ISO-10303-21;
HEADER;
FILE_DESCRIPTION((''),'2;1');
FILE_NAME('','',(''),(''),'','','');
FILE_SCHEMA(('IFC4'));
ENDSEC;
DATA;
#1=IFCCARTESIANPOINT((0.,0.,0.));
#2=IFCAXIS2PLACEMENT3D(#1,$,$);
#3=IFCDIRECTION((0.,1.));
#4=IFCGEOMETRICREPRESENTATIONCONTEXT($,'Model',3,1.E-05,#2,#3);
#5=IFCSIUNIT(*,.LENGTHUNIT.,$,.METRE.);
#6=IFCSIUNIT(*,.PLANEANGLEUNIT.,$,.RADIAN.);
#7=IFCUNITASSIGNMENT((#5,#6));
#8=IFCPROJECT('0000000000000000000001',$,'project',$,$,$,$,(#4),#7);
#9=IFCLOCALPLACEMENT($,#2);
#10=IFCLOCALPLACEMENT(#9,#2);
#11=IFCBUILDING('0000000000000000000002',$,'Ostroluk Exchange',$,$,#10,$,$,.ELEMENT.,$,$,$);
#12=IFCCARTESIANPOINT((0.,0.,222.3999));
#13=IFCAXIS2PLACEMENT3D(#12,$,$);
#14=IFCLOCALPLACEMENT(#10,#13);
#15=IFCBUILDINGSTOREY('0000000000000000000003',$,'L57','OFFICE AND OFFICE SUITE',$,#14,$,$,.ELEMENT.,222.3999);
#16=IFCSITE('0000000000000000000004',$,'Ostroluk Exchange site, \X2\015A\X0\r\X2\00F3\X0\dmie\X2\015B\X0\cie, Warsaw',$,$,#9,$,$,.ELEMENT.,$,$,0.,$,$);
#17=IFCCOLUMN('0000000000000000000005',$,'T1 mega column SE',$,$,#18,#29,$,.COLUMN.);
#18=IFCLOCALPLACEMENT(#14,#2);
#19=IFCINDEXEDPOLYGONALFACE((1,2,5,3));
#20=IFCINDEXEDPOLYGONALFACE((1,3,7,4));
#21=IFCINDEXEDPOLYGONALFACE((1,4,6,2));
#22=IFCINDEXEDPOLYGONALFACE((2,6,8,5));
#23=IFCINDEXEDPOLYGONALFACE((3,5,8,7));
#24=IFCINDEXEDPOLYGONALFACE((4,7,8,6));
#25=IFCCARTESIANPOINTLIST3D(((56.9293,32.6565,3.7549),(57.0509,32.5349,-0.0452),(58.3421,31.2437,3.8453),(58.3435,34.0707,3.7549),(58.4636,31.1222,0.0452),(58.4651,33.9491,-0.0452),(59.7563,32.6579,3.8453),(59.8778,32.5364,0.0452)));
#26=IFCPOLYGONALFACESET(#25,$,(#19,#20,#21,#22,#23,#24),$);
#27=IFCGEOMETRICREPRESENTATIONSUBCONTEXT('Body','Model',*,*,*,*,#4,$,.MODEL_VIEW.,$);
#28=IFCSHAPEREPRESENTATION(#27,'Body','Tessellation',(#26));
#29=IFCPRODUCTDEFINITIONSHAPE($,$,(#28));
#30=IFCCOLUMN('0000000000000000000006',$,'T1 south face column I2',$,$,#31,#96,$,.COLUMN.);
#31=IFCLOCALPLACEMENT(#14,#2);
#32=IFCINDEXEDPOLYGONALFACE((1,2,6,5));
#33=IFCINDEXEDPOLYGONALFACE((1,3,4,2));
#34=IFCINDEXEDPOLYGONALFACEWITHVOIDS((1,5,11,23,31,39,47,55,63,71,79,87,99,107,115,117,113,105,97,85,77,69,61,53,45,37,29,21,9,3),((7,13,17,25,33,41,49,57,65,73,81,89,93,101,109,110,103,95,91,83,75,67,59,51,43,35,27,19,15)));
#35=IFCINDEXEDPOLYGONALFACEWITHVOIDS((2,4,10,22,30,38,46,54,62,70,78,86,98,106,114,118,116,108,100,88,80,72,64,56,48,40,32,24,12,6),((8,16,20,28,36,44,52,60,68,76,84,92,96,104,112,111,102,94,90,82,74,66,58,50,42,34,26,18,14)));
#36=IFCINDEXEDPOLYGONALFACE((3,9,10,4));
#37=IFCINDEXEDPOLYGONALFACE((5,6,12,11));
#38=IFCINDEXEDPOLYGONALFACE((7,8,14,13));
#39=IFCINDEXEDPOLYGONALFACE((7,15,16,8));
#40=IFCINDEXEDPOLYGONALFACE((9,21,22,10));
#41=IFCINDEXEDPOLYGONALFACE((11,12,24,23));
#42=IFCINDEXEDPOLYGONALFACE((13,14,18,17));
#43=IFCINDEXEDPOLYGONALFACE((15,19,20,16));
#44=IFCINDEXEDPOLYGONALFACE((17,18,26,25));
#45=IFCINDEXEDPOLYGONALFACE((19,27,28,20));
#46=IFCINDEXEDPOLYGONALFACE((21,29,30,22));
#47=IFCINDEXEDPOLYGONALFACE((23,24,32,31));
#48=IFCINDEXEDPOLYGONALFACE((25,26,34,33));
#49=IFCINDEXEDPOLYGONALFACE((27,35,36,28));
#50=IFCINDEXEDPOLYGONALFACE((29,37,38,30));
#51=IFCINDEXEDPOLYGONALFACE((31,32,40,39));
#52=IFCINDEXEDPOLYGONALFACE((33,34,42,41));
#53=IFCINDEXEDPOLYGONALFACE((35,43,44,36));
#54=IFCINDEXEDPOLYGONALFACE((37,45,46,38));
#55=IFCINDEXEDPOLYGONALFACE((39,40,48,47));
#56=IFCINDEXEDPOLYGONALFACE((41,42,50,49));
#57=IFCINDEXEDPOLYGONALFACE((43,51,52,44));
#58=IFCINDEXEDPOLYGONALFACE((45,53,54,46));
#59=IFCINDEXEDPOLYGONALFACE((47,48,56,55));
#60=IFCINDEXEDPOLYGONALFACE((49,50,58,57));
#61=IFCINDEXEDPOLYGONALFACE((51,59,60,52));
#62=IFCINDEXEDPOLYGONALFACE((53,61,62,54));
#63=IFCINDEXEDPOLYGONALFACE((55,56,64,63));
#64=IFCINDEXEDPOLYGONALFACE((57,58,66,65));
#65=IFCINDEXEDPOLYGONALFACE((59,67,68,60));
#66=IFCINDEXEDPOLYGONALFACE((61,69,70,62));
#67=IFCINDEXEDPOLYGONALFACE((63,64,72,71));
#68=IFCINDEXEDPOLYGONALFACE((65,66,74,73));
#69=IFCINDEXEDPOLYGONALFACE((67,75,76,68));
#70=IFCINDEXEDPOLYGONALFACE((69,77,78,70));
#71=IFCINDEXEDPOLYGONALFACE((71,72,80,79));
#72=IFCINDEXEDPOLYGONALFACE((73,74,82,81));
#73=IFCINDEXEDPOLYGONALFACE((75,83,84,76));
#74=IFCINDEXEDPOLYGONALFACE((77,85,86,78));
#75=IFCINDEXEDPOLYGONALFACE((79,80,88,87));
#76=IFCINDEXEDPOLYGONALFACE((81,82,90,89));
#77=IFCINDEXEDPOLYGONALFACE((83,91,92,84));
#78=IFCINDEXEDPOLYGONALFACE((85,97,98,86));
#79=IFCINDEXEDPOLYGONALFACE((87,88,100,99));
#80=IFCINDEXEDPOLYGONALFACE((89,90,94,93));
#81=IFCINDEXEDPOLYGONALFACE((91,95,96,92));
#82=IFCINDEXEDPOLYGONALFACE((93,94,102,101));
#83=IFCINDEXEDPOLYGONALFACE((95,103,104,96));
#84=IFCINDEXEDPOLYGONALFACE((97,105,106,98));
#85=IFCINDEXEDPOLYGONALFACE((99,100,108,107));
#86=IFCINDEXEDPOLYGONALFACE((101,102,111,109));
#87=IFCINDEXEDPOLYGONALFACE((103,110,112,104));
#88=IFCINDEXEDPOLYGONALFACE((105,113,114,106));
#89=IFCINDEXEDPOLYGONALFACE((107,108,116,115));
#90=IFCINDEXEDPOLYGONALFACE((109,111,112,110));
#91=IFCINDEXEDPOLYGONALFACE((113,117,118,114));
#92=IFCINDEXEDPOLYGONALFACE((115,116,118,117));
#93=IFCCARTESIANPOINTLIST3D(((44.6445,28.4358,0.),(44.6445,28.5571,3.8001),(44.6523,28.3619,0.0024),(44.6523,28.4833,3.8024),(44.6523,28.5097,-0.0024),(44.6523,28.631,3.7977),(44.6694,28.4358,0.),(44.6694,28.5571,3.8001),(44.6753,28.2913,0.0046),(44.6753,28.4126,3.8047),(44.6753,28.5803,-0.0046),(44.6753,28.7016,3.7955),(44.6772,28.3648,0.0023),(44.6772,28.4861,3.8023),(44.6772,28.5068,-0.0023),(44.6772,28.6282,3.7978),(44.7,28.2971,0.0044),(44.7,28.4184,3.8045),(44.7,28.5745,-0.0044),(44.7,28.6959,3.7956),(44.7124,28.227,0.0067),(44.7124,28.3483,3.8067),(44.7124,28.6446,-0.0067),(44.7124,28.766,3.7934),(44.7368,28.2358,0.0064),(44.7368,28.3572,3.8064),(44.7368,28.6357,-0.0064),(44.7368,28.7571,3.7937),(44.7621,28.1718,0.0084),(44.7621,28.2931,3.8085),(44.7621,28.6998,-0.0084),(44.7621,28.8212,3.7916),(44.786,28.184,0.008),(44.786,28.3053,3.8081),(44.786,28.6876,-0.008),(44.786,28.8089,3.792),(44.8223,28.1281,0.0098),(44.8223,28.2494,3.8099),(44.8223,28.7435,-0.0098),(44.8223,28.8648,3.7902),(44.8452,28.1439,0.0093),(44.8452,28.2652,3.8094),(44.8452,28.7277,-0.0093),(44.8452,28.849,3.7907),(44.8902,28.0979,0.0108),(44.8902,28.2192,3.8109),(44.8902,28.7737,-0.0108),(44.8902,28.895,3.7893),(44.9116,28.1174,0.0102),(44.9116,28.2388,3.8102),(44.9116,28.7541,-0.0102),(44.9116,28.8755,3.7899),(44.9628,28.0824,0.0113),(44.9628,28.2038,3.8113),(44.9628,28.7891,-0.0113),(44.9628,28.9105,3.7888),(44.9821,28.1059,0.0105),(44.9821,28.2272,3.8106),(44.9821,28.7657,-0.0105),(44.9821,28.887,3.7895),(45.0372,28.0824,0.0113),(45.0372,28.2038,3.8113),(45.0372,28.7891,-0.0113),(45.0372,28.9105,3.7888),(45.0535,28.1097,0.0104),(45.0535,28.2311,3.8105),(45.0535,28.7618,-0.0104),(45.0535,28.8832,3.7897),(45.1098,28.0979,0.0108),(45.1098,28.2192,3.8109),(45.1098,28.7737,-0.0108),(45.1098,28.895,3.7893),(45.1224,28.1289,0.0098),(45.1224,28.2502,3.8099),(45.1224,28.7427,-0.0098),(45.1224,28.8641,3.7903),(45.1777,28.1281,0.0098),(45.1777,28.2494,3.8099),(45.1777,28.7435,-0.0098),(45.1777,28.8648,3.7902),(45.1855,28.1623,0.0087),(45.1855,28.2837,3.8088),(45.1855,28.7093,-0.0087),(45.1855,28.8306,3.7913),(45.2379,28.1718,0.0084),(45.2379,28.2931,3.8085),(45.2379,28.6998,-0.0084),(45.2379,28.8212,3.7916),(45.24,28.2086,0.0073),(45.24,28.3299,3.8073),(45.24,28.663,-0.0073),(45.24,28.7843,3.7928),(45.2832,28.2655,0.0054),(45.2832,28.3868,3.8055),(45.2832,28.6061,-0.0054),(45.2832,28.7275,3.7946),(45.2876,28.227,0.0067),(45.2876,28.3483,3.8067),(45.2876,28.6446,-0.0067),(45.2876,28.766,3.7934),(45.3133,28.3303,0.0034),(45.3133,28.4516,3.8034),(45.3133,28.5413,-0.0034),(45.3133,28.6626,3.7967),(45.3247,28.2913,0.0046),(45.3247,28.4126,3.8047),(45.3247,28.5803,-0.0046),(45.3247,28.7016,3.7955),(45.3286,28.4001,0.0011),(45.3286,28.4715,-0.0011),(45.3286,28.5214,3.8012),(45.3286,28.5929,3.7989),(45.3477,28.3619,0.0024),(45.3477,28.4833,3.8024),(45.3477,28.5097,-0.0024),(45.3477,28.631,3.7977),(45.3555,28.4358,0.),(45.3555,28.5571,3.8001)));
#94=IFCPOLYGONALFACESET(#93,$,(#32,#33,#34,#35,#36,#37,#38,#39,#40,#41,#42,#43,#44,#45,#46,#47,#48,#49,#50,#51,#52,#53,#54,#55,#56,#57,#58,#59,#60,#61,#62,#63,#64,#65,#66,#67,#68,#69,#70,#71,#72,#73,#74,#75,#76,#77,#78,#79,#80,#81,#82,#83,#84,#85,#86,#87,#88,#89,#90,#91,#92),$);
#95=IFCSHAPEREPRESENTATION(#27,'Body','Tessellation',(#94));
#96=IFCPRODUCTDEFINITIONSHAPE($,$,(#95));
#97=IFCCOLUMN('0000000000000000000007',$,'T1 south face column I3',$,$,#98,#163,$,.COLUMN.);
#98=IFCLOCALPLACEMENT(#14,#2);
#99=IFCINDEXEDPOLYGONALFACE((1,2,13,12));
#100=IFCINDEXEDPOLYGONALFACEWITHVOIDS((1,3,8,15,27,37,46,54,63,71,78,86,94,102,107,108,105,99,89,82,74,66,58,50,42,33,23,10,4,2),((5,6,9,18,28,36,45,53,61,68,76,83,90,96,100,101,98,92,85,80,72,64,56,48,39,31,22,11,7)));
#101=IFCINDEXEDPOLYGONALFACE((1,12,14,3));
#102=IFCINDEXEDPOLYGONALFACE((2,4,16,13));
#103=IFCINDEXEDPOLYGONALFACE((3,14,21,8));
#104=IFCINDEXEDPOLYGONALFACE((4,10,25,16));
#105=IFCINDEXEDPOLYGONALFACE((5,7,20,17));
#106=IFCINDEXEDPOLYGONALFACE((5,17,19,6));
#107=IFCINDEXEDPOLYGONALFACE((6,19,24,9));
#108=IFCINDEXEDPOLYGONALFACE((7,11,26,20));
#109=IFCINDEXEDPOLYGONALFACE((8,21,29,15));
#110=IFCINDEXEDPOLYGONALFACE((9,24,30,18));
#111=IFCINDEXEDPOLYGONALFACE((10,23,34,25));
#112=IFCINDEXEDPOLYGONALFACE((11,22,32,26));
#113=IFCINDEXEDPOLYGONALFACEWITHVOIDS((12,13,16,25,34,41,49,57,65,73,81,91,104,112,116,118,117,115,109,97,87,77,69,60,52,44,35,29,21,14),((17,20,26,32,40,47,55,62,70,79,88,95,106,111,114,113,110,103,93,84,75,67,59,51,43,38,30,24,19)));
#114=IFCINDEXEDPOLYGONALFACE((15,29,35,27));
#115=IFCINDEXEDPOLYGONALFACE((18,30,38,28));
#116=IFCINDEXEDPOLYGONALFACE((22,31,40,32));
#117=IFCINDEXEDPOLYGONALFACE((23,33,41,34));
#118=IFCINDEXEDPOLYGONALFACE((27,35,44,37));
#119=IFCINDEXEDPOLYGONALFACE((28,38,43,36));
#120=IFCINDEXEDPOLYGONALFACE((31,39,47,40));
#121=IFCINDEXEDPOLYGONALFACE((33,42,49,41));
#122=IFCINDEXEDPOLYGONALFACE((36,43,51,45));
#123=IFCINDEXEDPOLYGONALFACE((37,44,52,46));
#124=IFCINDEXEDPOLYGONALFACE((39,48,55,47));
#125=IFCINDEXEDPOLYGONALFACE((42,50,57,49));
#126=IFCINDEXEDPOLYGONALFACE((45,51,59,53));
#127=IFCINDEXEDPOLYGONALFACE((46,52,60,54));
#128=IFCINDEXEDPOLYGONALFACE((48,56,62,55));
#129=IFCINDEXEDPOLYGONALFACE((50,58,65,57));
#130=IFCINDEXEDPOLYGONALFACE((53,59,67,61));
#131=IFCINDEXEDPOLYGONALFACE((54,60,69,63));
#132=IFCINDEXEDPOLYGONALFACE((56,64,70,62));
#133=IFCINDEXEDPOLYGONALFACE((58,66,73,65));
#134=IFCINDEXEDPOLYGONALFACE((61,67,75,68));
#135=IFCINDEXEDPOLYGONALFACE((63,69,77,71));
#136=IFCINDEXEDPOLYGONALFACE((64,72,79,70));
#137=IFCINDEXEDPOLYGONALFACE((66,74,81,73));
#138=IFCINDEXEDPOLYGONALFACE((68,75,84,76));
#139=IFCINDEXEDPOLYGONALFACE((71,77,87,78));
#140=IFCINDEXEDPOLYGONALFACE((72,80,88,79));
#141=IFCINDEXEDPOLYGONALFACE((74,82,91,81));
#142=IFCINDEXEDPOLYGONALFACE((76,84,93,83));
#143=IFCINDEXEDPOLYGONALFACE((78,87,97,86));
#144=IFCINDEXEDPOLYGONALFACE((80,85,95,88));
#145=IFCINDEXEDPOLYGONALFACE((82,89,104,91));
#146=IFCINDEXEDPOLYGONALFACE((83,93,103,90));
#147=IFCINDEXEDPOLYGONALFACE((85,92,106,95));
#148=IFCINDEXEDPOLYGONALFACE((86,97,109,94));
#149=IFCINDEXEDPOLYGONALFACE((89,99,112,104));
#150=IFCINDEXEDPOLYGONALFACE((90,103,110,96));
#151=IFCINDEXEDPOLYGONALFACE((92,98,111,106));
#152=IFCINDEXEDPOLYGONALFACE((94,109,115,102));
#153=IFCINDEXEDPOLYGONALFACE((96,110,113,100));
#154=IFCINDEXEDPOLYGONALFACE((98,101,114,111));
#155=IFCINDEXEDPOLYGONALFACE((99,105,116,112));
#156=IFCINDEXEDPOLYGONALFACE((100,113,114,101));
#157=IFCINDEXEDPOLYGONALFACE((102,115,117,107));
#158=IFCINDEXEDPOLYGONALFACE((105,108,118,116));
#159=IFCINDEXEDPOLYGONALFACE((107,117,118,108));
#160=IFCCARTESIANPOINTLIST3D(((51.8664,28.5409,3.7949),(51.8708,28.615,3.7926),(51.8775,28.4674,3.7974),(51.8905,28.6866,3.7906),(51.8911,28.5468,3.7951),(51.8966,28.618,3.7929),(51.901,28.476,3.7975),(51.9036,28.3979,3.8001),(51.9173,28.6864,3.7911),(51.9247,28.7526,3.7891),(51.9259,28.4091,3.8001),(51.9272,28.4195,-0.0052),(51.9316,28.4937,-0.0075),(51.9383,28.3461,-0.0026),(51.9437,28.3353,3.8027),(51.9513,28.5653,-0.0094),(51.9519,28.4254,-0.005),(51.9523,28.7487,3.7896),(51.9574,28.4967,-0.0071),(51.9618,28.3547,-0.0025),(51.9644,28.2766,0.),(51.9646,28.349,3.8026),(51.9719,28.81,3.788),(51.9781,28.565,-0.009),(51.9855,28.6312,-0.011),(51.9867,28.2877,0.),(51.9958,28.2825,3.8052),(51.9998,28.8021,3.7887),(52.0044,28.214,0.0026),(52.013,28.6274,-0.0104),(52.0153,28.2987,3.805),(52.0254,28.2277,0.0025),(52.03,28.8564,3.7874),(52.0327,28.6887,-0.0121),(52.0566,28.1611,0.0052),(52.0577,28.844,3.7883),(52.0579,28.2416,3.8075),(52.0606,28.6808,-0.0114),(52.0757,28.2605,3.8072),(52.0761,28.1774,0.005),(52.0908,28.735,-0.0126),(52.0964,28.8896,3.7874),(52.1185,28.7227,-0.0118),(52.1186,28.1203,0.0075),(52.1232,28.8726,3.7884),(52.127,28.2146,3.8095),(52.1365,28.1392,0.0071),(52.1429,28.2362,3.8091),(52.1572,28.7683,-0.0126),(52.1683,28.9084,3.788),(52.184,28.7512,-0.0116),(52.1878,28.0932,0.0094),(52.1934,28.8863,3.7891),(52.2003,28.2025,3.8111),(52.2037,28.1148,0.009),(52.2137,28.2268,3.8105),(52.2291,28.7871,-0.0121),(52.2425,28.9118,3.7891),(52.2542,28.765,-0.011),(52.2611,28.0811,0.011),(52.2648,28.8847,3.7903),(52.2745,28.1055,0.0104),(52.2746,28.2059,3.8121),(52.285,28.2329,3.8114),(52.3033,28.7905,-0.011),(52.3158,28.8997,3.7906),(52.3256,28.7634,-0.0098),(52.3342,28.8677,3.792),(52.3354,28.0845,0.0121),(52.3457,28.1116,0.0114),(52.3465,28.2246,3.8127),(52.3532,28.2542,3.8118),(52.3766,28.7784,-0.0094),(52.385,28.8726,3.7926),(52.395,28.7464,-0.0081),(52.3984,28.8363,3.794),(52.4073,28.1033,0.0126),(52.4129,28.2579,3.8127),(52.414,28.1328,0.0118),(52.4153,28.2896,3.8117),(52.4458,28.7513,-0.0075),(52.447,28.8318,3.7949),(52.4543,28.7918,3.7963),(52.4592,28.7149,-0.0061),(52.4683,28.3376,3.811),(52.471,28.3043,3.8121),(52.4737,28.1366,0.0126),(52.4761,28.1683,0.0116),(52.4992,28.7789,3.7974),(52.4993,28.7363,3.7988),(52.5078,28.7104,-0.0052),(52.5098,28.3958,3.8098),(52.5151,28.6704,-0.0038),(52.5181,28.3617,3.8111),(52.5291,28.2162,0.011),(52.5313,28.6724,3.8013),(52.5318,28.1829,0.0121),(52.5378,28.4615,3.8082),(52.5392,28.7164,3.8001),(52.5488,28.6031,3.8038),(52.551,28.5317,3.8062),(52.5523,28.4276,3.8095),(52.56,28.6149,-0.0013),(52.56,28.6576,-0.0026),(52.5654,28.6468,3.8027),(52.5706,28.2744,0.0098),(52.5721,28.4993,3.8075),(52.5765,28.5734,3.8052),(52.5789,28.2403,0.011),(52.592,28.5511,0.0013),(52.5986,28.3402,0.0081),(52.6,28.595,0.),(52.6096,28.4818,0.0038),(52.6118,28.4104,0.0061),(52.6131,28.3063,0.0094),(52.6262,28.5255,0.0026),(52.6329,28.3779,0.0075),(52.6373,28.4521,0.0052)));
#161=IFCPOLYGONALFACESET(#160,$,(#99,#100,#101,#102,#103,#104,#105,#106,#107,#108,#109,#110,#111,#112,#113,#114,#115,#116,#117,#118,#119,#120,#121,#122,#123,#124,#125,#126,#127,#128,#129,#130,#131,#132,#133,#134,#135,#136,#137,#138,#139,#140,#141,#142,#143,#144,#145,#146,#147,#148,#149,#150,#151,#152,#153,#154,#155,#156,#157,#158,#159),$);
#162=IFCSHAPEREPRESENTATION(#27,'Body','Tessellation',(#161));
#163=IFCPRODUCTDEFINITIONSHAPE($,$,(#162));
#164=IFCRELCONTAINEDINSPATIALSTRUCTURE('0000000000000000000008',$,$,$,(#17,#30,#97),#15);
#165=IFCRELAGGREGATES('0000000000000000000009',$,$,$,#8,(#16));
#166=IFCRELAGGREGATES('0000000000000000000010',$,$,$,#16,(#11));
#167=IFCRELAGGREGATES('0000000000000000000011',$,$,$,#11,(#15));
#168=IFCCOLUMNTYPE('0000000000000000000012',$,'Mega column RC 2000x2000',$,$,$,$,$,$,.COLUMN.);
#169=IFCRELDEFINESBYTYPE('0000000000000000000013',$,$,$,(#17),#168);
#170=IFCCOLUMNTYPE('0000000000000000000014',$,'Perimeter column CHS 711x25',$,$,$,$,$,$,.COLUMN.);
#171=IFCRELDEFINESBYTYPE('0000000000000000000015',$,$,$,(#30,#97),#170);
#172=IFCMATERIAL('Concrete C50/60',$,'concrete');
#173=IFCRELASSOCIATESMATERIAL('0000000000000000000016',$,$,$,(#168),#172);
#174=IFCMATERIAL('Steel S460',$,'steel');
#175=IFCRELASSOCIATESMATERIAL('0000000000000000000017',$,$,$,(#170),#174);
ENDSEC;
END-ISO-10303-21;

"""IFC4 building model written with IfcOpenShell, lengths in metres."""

from ifc_helpers import new_model, si_unit, direction, frame, origin, origin_2d, place, context, subcontext, project, spatial, rectangle, hollow_circle, extrude, material, material_profile, profile_set, type_object, element, save


model = new_model("IFC4")

# Units and contexts
model_context = context("Model", 3, precision=1e-05, world=origin(), true_north=direction((0.0, 1.0)))
body_context = subcontext(model_context, "Body", "Model", "MODEL_VIEW")
ifc_project = project(units=[si_unit("LENGTHUNIT", "METRE"), si_unit("PLANEANGLEUNIT", "RADIAN")], contexts=[model_context])

# Site, building, storey
site_placement = place(None, origin())
site = spatial("IfcSite", under=ifc_project, at=site_placement, Name="Ostroluk Exchange site, Śródmieście, Warsaw", CompositionType="ELEMENT", RefElevation=0.0)
building_placement = place(site_placement, origin())
building = spatial("IfcBuilding", under=site, at=building_placement, Name="Ostroluk Exchange", CompositionType="ELEMENT")
storey_placement = place(building_placement, frame((0.0, 0.0, 222.3999)))
storey = spatial("IfcBuildingStorey", under=building, at=storey_placement, Name="L57", Description="OFFICE AND OFFICE SUITE", CompositionType="ELEMENT", Elevation=222.3999)

# Columns
ifc_material_1 = material(Name="Concrete C50/60", Category="concrete")
ifc_material_profile_1 = material_profile(ifc_material_1, rectangle(XDim=2.0, YDim=2.0, at=origin_2d()), Name="RC 2000x2000")
ifc_profile_set_1 = profile_set([ifc_material_profile_1], Name="Concrete C50/60")
column_type_1 = type_object("IfcColumnType", Name="Mega column RC 2000x2000", PredefinedType="COLUMN", material=ifc_profile_set_1)
column_1_placement = place(storey_placement, frame((58.4644, 32.5356, 0.0), z_axis=(-0.031962, 0.031962, 0.998978), x_axis=(-0.707107, -0.707107, 0.0)))
element("IfcColumn", 1, at=column_1_placement, inside=storey, type_object=column_type_1, Name="T1 mega column SE", PredefinedType="COLUMN", context=body_context, shape_type="SweptSolid", body=[
    extrude(rectangle(XDim=2.0, YDim=2.0, at=origin_2d()), origin(), (0.0, 0.0, 1.0), 3.804),
])
ifc_material_2 = material(Name="Steel S460", Category="steel")
ifc_material_profile_2 = material_profile(ifc_material_2, hollow_circle(Radius=0.3555, WallThickness=0.0249, at=origin_2d()), Name="CHS 711x25")
ifc_profile_set_2 = profile_set([ifc_material_profile_2], Name="Steel S460")
column_type_2 = type_object("IfcColumnType", Name="Perimeter column CHS 711x25", PredefinedType="COLUMN", material=ifc_profile_set_2)
column_2_placement = place(storey_placement, frame((45.0, 28.4358, 0.0), z_axis=(0.0, 0.031914, 0.999491), x_axis=(-1.0, 0.0, 0.0)))
element("IfcColumn", 2, at=column_2_placement, inside=storey, type_object=column_type_2, Name="T1 south face column I2", PredefinedType="COLUMN", context=body_context, shape_type="SweptSolid", body=[
    extrude(hollow_circle(Radius=0.3555, WallThickness=0.0249, at=origin_2d()), origin(), (0.0, 0.0, 1.0), 3.802),
])
column_3_placement = place(storey_placement, frame((52.2822, 28.4358, 0.0), z_axis=(-0.015987, 0.03191, 0.999363), x_axis=(-0.894067, -0.447933, 0.0)))
element("IfcColumn", 3, at=column_3_placement, inside=storey, type_object=column_type_2, Name="T1 south face column I3", PredefinedType="COLUMN", context=body_context, shape_type="SweptSolid", body=[
    extrude(hollow_circle(Radius=0.3555, WallThickness=0.0249, at=origin_2d()), origin(), (0.0, 0.0, 1.0), 3.8025),
])

save(model, "model.ifc")
